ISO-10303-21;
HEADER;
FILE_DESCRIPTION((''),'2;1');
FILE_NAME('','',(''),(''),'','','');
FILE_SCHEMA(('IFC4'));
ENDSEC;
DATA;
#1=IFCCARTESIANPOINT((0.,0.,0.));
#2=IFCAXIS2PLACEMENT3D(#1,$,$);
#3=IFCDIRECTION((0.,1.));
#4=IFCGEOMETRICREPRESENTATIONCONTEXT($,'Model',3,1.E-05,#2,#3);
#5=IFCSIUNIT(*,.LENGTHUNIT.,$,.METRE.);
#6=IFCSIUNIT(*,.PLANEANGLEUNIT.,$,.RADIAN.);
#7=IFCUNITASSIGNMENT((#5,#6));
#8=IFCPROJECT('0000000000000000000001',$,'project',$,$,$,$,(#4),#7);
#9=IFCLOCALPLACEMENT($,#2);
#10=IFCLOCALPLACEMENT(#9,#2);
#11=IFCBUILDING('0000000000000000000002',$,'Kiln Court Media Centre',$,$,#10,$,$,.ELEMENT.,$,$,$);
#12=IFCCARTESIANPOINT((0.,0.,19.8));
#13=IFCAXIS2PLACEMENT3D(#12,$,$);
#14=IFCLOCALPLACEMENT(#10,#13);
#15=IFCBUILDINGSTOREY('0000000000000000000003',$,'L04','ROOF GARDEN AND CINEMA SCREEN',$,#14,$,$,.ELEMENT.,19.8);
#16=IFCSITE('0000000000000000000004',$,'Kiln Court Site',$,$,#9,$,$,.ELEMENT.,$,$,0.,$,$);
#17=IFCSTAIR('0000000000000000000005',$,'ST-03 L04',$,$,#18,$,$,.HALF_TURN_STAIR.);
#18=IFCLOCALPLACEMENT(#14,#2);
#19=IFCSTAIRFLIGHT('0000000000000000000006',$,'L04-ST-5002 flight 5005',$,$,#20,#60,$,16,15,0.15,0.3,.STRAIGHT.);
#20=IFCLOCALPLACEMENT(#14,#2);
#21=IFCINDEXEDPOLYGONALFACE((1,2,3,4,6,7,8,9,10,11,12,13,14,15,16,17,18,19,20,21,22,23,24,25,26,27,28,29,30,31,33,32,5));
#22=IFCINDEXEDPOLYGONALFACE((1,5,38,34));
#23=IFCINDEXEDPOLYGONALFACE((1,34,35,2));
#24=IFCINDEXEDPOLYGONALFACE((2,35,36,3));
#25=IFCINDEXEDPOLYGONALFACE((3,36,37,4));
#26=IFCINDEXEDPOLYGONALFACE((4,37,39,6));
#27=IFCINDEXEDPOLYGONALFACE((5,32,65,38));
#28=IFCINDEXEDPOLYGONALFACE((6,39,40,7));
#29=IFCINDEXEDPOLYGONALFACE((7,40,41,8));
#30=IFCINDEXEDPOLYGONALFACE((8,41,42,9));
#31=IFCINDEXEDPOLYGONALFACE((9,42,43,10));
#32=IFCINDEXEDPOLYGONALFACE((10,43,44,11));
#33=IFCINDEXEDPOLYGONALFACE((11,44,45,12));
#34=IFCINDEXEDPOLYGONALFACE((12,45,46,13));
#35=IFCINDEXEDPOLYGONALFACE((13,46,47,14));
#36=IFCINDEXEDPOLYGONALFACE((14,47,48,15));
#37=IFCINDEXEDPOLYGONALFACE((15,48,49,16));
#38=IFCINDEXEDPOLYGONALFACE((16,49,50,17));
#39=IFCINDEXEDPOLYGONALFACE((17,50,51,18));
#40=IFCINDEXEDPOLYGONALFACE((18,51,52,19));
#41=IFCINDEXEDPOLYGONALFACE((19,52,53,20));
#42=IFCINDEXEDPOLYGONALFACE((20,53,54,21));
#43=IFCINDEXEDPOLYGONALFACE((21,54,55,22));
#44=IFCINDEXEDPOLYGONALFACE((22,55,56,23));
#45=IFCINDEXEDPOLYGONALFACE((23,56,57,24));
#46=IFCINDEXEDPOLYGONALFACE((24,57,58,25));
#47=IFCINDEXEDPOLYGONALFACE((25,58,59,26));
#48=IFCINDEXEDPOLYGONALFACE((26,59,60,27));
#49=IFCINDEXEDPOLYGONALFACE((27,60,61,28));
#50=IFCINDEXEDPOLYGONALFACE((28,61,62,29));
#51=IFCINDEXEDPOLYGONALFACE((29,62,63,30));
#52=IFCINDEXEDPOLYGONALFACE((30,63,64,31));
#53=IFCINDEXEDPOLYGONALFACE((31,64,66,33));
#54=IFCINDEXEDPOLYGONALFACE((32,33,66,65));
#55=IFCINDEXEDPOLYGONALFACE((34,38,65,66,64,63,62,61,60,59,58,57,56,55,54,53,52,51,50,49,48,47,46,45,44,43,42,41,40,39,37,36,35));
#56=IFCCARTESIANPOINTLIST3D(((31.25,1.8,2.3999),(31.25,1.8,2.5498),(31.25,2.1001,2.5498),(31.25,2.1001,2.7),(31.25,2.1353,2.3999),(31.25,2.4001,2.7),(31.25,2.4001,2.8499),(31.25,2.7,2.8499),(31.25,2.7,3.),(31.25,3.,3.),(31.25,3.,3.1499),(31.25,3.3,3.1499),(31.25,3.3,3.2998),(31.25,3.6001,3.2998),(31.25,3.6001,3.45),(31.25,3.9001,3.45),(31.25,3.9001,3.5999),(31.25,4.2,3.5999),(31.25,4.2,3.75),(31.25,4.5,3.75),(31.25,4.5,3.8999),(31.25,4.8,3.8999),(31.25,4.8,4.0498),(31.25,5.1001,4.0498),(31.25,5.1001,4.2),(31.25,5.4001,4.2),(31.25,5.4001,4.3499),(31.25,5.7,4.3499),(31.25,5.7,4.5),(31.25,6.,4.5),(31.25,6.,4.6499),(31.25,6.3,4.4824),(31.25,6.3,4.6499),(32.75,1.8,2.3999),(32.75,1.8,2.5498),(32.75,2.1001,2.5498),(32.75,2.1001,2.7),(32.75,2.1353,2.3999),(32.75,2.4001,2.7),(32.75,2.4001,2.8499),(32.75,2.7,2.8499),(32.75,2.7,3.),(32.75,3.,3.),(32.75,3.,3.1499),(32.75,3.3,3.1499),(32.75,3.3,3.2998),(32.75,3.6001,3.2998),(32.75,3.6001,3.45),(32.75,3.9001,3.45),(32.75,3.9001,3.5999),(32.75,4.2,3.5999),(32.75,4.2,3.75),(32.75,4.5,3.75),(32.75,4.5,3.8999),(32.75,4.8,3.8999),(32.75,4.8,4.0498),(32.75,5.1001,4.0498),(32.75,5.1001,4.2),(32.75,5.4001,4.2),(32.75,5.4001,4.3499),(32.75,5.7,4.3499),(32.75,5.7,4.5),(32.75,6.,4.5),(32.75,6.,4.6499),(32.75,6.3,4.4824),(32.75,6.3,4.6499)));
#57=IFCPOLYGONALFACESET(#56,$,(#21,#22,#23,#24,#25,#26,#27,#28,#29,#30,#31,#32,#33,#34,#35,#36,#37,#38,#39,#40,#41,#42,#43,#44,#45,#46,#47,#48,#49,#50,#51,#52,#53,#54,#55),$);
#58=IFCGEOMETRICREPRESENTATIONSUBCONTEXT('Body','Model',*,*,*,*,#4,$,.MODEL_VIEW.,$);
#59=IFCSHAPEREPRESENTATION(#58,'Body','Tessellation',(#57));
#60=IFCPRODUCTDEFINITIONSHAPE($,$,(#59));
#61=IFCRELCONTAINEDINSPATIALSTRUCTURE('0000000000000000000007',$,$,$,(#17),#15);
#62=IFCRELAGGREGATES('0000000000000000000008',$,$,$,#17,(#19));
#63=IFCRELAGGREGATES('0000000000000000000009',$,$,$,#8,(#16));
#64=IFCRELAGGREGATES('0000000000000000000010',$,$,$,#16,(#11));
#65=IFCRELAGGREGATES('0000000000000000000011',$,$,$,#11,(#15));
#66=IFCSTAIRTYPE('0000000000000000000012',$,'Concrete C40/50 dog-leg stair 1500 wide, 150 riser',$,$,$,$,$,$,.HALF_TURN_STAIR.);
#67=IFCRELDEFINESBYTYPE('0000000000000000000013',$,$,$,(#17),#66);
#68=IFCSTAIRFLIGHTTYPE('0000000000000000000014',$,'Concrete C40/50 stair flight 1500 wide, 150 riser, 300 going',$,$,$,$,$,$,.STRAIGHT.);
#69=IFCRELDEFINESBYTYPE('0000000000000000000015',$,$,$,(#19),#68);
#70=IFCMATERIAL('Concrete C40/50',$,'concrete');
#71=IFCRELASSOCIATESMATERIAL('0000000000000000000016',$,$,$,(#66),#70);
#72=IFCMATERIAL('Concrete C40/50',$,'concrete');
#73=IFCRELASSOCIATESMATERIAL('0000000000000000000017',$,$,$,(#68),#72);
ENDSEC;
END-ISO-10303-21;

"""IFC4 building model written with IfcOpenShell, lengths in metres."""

from ifc_helpers import new_model, si_unit, direction, frame, origin, place, context, subcontext, project, spatial, polyline, outline, extrude, material, type_object, element, aggregate, save


model = new_model("IFC4")

# Units and contexts
model_context = context("Model", 3, precision=1e-05, world=origin(), true_north=direction((0.0, 1.0)))
body_context = subcontext(model_context, "Body", "Model", "MODEL_VIEW")
ifc_project = project(units=[si_unit("LENGTHUNIT", "METRE"), si_unit("PLANEANGLEUNIT", "RADIAN")], contexts=[model_context])

# Site, building, storey
site_placement = place(None, origin())
site = spatial("IfcSite", under=ifc_project, at=site_placement, Name="Kiln Court Site", CompositionType="ELEMENT", RefElevation=0.0)
building_placement = place(site_placement, origin())
building = spatial("IfcBuilding", under=site, at=building_placement, Name="Kiln Court Media Centre", CompositionType="ELEMENT")
storey_placement = place(building_placement, frame((0.0, 0.0, 19.8)))
storey = spatial("IfcBuildingStorey", under=building, at=storey_placement, Name="L04", Description="ROOF GARDEN AND CINEMA SCREEN", CompositionType="ELEMENT", Elevation=19.8)

# Stair, stair flight
ifc_material_1 = material(Name="Concrete C40/50", Category="concrete")
stair_type = type_object("IfcStairType", Name="Concrete C40/50 dog-leg stair 1500 wide, 150 riser", PredefinedType="HALF_TURN_STAIR", material=ifc_material_1)
stair_placement = place(storey_placement, origin())
stair = element("IfcStair", 1, at=stair_placement, inside=storey, type_object=stair_type, Name="ST-03 L04", PredefinedType="HALF_TURN_STAIR")
ifc_material_2 = material(Name="Concrete C40/50", Category="concrete")
stair_flight_type = type_object("IfcStairFlightType", Name="Concrete C40/50 stair flight 1500 wide, 150 riser, 300 going", PredefinedType="STRAIGHT", material=ifc_material_2)
stair_flight_1_placement = place(storey_placement, frame((32.0, 1.8, 2.3999), z_axis=(0.0, 0.0, 1.0), x_axis=(0.0, 1.0, 0.0)))
stair_flight_1 = element("IfcStairFlight", 2, at=stair_flight_1_placement, type_object=stair_flight_type, Name="L04-ST-5002 flight 5005", NumberOfRisers=16, NumberOfTreads=15, PredefinedType="STRAIGHT", RiserHeight=0.15, TreadLength=0.3, context=body_context, shape_type="SweptSolid", body=[
    extrude(outline(polyline([(0.0, 0.0), (0.0, 0.1499), (0.3, 0.1499), (0.3, 0.3), (0.6001, 0.3), (0.6001, 0.45), (0.8999, 0.45), (0.8999, 0.6001), (1.2, 0.6001), (1.2, 0.75), (1.5, 0.75), (1.5, 0.8999), (1.8, 0.8999), (1.8, 1.05), (2.1001, 1.05), (2.1001, 1.2), (2.3999, 1.2), (2.3999, 1.3501), (2.7, 1.3501), (2.7, 1.5), (3.0, 1.5), (3.0, 1.6499), (3.3, 1.6499), (3.3, 1.8), (3.6001, 1.8), (3.6001, 1.95), (3.8999, 1.95), (3.8999, 2.1001), (4.2, 2.1001), (4.2, 2.25), (4.5, 2.25), (4.5, 2.3999), (4.5, 2.0825), (0.3352, 0.0), (0.0, 0.0)])), frame((0.0, 0.75, 0.0), z_axis=(0.0, -1.0, 0.0), x_axis=(1.0, 0.0, 0.0)), (0.0, 0.0, 1.0), 1.5),
])
aggregate(stair, [stair_flight_1])

save(model, "model.ifc")
